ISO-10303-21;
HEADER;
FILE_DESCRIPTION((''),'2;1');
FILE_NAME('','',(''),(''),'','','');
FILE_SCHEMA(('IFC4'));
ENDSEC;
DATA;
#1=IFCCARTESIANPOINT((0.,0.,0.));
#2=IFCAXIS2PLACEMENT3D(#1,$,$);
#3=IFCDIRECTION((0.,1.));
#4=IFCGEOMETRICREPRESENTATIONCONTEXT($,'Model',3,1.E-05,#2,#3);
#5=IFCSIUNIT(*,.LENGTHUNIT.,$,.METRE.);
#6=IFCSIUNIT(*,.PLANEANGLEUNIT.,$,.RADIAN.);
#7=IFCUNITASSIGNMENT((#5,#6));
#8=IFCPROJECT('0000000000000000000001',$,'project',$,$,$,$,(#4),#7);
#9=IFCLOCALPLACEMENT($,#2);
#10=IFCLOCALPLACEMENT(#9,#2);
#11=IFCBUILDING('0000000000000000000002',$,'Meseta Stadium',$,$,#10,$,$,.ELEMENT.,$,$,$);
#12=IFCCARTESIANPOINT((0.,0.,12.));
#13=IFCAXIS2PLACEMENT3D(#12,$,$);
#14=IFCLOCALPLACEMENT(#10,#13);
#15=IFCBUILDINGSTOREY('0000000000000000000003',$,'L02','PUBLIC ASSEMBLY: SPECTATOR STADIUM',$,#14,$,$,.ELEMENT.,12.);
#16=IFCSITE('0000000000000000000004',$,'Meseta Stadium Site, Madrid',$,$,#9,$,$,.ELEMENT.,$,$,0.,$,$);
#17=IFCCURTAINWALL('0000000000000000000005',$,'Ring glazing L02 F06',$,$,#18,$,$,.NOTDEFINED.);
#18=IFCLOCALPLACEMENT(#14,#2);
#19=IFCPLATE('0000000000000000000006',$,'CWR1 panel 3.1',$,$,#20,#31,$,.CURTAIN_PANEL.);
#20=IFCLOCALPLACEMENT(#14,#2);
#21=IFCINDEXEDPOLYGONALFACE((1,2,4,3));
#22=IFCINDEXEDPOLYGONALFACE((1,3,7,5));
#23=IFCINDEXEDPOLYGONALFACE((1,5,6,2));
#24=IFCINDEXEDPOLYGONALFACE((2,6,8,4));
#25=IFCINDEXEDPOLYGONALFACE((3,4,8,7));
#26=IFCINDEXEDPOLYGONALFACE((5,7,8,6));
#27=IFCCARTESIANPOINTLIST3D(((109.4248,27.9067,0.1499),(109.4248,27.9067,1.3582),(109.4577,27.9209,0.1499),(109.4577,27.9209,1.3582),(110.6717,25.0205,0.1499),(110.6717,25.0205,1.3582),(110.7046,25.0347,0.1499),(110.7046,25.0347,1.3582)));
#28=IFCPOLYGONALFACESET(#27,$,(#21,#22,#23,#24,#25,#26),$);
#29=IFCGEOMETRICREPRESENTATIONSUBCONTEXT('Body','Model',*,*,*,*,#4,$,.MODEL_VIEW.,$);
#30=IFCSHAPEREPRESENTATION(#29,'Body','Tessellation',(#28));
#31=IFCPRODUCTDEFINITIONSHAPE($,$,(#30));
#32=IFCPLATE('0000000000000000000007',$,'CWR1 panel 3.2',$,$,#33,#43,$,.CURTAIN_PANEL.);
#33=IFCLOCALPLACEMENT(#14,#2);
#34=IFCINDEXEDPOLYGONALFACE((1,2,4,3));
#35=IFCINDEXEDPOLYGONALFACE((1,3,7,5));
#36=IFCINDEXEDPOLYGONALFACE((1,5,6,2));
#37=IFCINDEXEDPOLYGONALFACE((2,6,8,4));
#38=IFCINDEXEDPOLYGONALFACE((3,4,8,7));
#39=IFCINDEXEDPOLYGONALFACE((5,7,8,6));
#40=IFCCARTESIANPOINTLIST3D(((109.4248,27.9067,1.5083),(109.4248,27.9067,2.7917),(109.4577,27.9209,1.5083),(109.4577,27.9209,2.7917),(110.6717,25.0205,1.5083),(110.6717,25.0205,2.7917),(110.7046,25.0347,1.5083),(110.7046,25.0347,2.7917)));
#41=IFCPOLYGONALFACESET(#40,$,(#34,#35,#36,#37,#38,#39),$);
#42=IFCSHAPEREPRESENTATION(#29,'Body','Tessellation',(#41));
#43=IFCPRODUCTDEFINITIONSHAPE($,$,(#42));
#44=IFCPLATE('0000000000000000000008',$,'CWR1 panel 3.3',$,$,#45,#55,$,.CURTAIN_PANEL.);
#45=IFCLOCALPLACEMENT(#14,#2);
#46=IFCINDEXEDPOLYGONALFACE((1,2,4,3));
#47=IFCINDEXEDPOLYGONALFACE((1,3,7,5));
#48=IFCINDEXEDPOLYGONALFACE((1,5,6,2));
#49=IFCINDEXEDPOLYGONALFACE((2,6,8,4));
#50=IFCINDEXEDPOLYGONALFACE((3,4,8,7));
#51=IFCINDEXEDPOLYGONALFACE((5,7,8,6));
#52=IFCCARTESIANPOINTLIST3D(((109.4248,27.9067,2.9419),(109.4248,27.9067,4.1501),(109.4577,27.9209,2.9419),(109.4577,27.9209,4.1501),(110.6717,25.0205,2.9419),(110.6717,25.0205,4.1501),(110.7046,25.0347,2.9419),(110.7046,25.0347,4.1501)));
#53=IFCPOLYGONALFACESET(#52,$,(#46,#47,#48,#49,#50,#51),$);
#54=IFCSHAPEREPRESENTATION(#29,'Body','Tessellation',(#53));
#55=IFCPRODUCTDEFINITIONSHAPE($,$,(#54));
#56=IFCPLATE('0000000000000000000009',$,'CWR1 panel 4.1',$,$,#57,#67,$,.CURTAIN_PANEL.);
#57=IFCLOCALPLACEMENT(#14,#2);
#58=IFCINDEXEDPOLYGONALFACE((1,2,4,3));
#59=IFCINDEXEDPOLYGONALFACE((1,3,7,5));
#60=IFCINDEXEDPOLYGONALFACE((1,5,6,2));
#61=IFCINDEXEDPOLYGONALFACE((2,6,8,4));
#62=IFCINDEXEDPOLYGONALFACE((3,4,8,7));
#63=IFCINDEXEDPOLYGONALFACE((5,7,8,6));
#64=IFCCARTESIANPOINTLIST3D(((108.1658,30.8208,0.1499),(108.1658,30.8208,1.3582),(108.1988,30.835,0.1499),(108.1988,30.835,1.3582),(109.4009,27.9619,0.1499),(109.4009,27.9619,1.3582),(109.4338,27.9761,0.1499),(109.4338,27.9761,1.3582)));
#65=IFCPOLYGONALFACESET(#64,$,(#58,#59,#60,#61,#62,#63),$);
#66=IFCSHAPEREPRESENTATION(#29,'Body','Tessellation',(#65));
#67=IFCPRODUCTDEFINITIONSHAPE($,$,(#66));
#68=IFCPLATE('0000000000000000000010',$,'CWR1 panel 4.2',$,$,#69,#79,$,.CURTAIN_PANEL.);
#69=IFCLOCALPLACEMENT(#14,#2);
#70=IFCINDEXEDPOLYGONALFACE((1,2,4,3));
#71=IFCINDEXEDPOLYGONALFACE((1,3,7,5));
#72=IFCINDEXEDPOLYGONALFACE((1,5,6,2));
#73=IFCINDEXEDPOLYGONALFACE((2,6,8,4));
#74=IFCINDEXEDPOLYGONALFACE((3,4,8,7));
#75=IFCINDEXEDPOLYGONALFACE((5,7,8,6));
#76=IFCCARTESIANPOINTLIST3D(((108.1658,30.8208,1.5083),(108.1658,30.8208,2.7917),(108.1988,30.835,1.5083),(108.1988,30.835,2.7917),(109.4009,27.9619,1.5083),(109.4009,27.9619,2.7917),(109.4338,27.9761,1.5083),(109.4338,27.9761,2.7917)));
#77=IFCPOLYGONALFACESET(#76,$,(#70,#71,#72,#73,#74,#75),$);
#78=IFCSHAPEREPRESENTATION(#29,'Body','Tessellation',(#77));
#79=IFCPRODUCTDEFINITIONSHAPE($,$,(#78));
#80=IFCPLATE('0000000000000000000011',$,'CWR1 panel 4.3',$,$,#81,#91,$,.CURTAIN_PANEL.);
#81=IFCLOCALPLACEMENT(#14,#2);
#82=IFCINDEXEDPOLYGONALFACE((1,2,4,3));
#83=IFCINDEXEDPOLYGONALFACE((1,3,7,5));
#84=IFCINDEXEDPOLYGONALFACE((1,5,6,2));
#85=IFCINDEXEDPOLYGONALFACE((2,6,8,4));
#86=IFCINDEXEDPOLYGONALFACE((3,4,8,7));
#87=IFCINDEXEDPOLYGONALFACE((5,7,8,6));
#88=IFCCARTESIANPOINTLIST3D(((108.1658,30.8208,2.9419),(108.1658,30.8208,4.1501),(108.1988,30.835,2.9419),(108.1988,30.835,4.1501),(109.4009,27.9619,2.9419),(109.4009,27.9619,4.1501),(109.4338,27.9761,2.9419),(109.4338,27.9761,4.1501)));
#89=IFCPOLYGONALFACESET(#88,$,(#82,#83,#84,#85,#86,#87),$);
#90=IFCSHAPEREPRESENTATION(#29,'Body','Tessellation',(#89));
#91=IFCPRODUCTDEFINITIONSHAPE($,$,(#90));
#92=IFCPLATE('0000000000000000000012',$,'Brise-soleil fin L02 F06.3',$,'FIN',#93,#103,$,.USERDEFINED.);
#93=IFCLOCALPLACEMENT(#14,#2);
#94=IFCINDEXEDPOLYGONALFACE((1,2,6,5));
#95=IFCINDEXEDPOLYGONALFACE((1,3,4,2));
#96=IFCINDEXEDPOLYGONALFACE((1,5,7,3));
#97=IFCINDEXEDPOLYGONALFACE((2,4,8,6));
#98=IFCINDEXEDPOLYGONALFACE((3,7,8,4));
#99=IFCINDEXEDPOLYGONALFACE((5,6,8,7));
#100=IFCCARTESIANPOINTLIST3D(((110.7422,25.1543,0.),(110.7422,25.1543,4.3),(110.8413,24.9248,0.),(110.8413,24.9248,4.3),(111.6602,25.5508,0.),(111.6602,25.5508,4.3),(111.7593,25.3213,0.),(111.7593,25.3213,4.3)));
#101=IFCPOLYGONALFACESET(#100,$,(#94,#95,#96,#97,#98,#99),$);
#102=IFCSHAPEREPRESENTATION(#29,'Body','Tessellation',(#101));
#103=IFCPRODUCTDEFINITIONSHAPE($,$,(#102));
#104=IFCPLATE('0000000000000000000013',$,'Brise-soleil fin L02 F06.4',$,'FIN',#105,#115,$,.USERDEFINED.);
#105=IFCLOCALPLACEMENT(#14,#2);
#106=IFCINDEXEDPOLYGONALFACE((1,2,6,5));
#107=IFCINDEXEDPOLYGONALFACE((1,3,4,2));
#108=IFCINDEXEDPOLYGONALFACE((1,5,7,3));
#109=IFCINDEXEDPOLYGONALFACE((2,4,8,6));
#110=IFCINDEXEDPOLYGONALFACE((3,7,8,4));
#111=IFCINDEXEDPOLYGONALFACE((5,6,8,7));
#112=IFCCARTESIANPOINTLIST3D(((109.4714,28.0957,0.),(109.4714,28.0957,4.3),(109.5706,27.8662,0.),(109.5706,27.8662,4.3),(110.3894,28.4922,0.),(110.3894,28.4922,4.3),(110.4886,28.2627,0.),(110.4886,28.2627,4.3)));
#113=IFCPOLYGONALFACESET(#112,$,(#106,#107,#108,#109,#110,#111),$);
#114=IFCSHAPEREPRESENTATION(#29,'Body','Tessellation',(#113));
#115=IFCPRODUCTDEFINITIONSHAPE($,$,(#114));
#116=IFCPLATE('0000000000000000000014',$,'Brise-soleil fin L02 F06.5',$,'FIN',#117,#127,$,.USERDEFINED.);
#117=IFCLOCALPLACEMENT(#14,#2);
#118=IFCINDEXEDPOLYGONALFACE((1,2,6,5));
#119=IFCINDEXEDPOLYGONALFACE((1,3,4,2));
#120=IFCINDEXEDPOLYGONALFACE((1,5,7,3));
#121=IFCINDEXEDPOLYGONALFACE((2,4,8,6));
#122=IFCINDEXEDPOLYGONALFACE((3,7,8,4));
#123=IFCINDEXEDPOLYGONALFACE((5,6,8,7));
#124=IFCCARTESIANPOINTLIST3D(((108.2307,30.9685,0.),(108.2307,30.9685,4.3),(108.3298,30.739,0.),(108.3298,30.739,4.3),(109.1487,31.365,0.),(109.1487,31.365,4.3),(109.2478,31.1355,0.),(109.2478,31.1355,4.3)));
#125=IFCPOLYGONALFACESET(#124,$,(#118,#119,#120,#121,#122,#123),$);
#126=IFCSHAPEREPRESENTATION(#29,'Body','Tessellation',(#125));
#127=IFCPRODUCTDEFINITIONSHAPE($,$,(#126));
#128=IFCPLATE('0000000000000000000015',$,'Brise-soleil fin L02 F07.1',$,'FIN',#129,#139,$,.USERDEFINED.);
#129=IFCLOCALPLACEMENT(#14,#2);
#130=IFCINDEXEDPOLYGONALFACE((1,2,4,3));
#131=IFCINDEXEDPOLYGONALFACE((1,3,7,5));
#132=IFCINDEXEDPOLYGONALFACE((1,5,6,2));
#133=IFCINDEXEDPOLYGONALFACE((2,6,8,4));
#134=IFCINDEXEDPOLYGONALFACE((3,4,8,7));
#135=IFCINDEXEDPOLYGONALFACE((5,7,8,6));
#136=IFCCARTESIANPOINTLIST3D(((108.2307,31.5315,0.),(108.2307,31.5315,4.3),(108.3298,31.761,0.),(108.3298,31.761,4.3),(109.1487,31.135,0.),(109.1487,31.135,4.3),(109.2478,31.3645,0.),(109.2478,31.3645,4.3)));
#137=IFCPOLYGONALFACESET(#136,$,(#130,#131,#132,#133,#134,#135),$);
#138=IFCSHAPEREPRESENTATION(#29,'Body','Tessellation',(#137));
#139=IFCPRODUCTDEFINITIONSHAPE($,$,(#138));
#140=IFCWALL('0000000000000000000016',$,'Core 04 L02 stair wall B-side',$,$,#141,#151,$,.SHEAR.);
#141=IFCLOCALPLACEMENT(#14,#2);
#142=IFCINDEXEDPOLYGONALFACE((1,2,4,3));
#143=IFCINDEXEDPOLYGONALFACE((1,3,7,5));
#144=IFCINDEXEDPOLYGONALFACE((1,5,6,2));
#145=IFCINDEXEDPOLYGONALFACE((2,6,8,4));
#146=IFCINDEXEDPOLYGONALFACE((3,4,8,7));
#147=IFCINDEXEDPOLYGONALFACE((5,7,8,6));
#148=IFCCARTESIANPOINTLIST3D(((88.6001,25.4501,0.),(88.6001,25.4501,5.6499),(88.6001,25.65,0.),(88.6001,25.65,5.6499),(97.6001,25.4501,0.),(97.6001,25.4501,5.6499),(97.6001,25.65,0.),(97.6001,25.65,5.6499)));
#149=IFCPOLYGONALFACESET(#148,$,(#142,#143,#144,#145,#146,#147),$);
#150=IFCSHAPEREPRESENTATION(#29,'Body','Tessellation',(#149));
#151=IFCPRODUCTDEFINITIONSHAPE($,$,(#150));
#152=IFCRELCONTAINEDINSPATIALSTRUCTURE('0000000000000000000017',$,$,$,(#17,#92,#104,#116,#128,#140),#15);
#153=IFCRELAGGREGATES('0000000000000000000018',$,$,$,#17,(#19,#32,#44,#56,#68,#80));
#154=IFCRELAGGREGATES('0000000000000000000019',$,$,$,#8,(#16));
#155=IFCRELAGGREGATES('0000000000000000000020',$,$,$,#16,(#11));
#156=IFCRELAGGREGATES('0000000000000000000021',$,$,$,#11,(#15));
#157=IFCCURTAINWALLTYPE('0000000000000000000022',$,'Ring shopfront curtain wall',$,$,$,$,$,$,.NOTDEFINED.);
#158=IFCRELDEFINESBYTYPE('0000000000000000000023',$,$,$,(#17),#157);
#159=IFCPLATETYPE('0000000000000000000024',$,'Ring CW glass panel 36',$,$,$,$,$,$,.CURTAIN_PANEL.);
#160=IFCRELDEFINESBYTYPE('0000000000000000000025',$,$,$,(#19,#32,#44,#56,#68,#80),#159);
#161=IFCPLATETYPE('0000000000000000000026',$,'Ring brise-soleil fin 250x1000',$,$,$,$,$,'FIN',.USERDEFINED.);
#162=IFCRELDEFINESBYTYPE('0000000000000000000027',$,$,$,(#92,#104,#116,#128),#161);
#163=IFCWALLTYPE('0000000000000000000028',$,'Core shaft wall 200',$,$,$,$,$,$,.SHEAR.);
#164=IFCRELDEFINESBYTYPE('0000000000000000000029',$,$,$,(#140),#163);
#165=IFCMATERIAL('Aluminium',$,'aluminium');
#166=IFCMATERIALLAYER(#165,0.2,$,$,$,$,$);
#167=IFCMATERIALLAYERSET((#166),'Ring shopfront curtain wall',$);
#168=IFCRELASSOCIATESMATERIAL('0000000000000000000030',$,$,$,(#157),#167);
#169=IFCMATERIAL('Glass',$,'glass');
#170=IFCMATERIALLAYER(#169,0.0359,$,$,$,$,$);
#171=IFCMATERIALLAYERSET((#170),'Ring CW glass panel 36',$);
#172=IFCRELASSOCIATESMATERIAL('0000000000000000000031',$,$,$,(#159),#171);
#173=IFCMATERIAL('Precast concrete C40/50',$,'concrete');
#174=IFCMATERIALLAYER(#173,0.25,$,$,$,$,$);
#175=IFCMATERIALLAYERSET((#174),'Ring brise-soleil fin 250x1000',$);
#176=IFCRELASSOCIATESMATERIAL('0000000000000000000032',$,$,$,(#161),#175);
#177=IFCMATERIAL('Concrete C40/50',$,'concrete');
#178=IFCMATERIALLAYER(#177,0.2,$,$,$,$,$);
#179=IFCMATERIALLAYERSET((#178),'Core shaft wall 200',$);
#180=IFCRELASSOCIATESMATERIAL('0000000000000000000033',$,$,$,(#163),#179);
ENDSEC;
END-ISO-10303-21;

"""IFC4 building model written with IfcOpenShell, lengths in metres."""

from ifc_helpers import new_model, si_unit, direction, frame, frame_2d, origin, origin_2d, place, context, subcontext, project, spatial, rectangle, extrude, material, layer, layer_set, type_object, element, aggregate, save


model = new_model("IFC4")

# Units and contexts
model_context = context("Model", 3, precision=1e-05, world=origin(), true_north=direction((0.0, 1.0)))
body_context = subcontext(model_context, "Body", "Model", "MODEL_VIEW")
ifc_project = project(units=[si_unit("LENGTHUNIT", "METRE"), si_unit("PLANEANGLEUNIT", "RADIAN")], contexts=[model_context])

# Site, building, storey
site_placement = place(None, origin())
site = spatial("IfcSite", under=ifc_project, at=site_placement, Name="Meseta Stadium Site, Madrid", CompositionType="ELEMENT", RefElevation=0.0)
building_placement = place(site_placement, origin())
building = spatial("IfcBuilding", under=site, at=building_placement, Name="Meseta Stadium", CompositionType="ELEMENT")
storey_placement = place(building_placement, frame((0.0, 0.0, 12.0)))
storey = spatial("IfcBuildingStorey", under=building, at=storey_placement, Name="L02", Description="PUBLIC ASSEMBLY: SPECTATOR STADIUM", CompositionType="ELEMENT", Elevation=12.0)

# Curtain wall
ifc_material_1 = material(Name="Aluminium", Category="aluminium")
ifc_layer_1 = layer(ifc_material_1, 0.2)
ifc_layer_set_1 = layer_set([ifc_layer_1], Name="Ring shopfront curtain wall")
curtain_wall_type = type_object("IfcCurtainWallType", Name="Ring shopfront curtain wall", PredefinedType="NOTDEFINED", material=ifc_layer_set_1)
curtain_wall_1_placement = place(storey_placement, origin())
curtain_wall_1 = element("IfcCurtainWall", 1, at=curtain_wall_1_placement, inside=storey, type_object=curtain_wall_type, Name="Ring glazing L02 F06", PredefinedType="NOTDEFINED")

# Plates
ifc_material_2 = material(Name="Glass", Category="glass")
ifc_layer_2 = layer(ifc_material_2, 0.0359)
ifc_layer_set_2 = layer_set([ifc_layer_2], Name="Ring CW glass panel 36")
plate_type_1 = type_object("IfcPlateType", Name="Ring CW glass panel 36", PredefinedType="CURTAIN_PANEL", material=ifc_layer_set_2)
plate_1_placement = place(storey_placement, frame((110.0647, 26.4707, 0.1499), z_axis=(0.0, 0.0, 1.0), x_axis=(-0.396581, 0.918, 0.0)))
plate_1 = element("IfcPlate", 2, at=plate_1_placement, type_object=plate_type_1, Name="CWR1 panel 3.1", PredefinedType="CURTAIN_PANEL", context=body_context, shape_type="SweptSolid", body=[
    extrude(rectangle(XDim=3.144, YDim=0.0359, at=origin_2d()), origin(), (0.0, 0.0, 1.0), 1.2083),
])
plate_2_placement = place(storey_placement, frame((110.0647, 26.4707, 1.5083), z_axis=(0.0, 0.0, 1.0), x_axis=(-0.396581, 0.918, 0.0)))
plate_2 = element("IfcPlate", 3, at=plate_2_placement, type_object=plate_type_1, Name="CWR1 panel 3.2", PredefinedType="CURTAIN_PANEL", context=body_context, shape_type="SweptSolid", body=[
    extrude(rectangle(XDim=3.144, YDim=0.0359, at=origin_2d()), origin(), (0.0, 0.0, 1.0), 1.2834),
])
plate_3_placement = place(storey_placement, frame((110.0647, 26.4707, 2.9419), z_axis=(0.0, 0.0, 1.0), x_axis=(-0.396581, 0.918, 0.0)))
plate_3 = element("IfcPlate", 4, at=plate_3_placement, type_object=plate_type_1, Name="CWR1 panel 3.3", PredefinedType="CURTAIN_PANEL", context=body_context, shape_type="SweptSolid", body=[
    extrude(rectangle(XDim=3.144, YDim=0.0359, at=origin_2d()), origin(), (0.0, 0.0, 1.0), 1.2083),
])
plate_4_placement = place(storey_placement, frame((108.7998, 29.3984, 0.1499), z_axis=(0.0, 0.0, 1.0), x_axis=(-0.396581, 0.918, 0.0)))
plate_4 = element("IfcPlate", 5, at=plate_4_placement, type_object=plate_type_1, Name="CWR1 panel 4.1", PredefinedType="CURTAIN_PANEL", context=body_context, shape_type="SweptSolid", body=[
    extrude(rectangle(XDim=3.1143, YDim=0.0359, at=origin_2d()), origin(), (0.0, 0.0, 1.0), 1.2083),
])
plate_5_placement = place(storey_placement, frame((108.7998, 29.3984, 1.5083), z_axis=(0.0, 0.0, 1.0), x_axis=(-0.396581, 0.918, 0.0)))
plate_5 = element("IfcPlate", 6, at=plate_5_placement, type_object=plate_type_1, Name="CWR1 panel 4.2", PredefinedType="CURTAIN_PANEL", context=body_context, shape_type="SweptSolid", body=[
    extrude(rectangle(XDim=3.1143, YDim=0.0359, at=origin_2d()), origin(), (0.0, 0.0, 1.0), 1.2834),
])
plate_6_placement = place(storey_placement, frame((108.7998, 29.3984, 2.9419), z_axis=(0.0, 0.0, 1.0), x_axis=(-0.396581, 0.918, 0.0)))
plate_6 = element("IfcPlate", 7, at=plate_6_placement, type_object=plate_type_1, Name="CWR1 panel 4.3", PredefinedType="CURTAIN_PANEL", context=body_context, shape_type="SweptSolid", body=[
    extrude(rectangle(XDim=3.1143, YDim=0.0359, at=origin_2d()), origin(), (0.0, 0.0, 1.0), 1.2083),
])
aggregate(curtain_wall_1, [plate_1, plate_2, plate_3, plate_4, plate_5, plate_6])

# Plates
ifc_material_3 = material(Name="Precast concrete C40/50", Category="concrete")
ifc_layer_3 = layer(ifc_material_3, 0.25)
ifc_layer_set_3 = layer_set([ifc_layer_3], Name="Ring brise-soleil fin 250x1000")
plate_type_2 = type_object("IfcPlateType", Name="Ring brise-soleil fin 250x1000", ElementType="FIN", PredefinedType="USERDEFINED", material=ifc_layer_set_3)
for number, where, z_axis, x_axis, name in (
    (8, (111.2507, 25.2378, 0.0), (0.0, 0.0, 1.0), (-0.396576, 0.918002, 0.0), "Brise-soleil fin L02 F06.3"),
    (9, (109.98, 28.1792, 0.0), (0.0, 0.0, 1.0), (-0.396576, 0.918002, 0.0), "Brise-soleil fin L02 F06.4"),
    (10, (108.7393, 31.052, 0.0), (0.0, 0.0, 1.0), (-0.396576, 0.918002, 0.0), "Brise-soleil fin L02 F06.5"),
    (11, (108.7393, 31.448, 0.0), (0.0, 0.0, 1.0), (0.396576, 0.918002, 0.0), "Brise-soleil fin L02 F07.1"),
):
    element("IfcPlate", number, at=place(storey_placement, frame(where, z_axis=z_axis, x_axis=x_axis)), inside=storey, type_object=plate_type_2, Name=name, ObjectType="FIN", PredefinedType="USERDEFINED", context=body_context, shape_type="SweptSolid", body=[
        extrude(rectangle(XDim=0.25, YDim=1.0, at=origin_2d()), origin(), (0.0, 0.0, 1.0), 4.3),
    ])

# Wall
ifc_material_4 = material(Name="Concrete C40/50", Category="concrete")
ifc_layer_4 = layer(ifc_material_4, 0.2)
ifc_layer_set_4 = layer_set([ifc_layer_4], Name="Core shaft wall 200")
wall_type = type_object("IfcWallType", Name="Core shaft wall 200", PredefinedType="SHEAR", material=ifc_layer_set_4)
wall_placement = place(storey_placement, frame((97.6001, 25.55, 0.0), z_axis=(0.0, 0.0, 1.0), x_axis=(-1.0, 0.0, 0.0)))
element("IfcWall", 12, at=wall_placement, inside=storey, type_object=wall_type, Name="Core 04 L02 stair wall B-side", PredefinedType="SHEAR", context=body_context, shape_type="SweptSolid", body=[
    extrude(rectangle(XDim=9.0, YDim=0.2, at=frame_2d((4.5, 0.0))), origin(), (0.0, 0.0, 1.0), 5.6499),
])

save(model, "model.ifc")
